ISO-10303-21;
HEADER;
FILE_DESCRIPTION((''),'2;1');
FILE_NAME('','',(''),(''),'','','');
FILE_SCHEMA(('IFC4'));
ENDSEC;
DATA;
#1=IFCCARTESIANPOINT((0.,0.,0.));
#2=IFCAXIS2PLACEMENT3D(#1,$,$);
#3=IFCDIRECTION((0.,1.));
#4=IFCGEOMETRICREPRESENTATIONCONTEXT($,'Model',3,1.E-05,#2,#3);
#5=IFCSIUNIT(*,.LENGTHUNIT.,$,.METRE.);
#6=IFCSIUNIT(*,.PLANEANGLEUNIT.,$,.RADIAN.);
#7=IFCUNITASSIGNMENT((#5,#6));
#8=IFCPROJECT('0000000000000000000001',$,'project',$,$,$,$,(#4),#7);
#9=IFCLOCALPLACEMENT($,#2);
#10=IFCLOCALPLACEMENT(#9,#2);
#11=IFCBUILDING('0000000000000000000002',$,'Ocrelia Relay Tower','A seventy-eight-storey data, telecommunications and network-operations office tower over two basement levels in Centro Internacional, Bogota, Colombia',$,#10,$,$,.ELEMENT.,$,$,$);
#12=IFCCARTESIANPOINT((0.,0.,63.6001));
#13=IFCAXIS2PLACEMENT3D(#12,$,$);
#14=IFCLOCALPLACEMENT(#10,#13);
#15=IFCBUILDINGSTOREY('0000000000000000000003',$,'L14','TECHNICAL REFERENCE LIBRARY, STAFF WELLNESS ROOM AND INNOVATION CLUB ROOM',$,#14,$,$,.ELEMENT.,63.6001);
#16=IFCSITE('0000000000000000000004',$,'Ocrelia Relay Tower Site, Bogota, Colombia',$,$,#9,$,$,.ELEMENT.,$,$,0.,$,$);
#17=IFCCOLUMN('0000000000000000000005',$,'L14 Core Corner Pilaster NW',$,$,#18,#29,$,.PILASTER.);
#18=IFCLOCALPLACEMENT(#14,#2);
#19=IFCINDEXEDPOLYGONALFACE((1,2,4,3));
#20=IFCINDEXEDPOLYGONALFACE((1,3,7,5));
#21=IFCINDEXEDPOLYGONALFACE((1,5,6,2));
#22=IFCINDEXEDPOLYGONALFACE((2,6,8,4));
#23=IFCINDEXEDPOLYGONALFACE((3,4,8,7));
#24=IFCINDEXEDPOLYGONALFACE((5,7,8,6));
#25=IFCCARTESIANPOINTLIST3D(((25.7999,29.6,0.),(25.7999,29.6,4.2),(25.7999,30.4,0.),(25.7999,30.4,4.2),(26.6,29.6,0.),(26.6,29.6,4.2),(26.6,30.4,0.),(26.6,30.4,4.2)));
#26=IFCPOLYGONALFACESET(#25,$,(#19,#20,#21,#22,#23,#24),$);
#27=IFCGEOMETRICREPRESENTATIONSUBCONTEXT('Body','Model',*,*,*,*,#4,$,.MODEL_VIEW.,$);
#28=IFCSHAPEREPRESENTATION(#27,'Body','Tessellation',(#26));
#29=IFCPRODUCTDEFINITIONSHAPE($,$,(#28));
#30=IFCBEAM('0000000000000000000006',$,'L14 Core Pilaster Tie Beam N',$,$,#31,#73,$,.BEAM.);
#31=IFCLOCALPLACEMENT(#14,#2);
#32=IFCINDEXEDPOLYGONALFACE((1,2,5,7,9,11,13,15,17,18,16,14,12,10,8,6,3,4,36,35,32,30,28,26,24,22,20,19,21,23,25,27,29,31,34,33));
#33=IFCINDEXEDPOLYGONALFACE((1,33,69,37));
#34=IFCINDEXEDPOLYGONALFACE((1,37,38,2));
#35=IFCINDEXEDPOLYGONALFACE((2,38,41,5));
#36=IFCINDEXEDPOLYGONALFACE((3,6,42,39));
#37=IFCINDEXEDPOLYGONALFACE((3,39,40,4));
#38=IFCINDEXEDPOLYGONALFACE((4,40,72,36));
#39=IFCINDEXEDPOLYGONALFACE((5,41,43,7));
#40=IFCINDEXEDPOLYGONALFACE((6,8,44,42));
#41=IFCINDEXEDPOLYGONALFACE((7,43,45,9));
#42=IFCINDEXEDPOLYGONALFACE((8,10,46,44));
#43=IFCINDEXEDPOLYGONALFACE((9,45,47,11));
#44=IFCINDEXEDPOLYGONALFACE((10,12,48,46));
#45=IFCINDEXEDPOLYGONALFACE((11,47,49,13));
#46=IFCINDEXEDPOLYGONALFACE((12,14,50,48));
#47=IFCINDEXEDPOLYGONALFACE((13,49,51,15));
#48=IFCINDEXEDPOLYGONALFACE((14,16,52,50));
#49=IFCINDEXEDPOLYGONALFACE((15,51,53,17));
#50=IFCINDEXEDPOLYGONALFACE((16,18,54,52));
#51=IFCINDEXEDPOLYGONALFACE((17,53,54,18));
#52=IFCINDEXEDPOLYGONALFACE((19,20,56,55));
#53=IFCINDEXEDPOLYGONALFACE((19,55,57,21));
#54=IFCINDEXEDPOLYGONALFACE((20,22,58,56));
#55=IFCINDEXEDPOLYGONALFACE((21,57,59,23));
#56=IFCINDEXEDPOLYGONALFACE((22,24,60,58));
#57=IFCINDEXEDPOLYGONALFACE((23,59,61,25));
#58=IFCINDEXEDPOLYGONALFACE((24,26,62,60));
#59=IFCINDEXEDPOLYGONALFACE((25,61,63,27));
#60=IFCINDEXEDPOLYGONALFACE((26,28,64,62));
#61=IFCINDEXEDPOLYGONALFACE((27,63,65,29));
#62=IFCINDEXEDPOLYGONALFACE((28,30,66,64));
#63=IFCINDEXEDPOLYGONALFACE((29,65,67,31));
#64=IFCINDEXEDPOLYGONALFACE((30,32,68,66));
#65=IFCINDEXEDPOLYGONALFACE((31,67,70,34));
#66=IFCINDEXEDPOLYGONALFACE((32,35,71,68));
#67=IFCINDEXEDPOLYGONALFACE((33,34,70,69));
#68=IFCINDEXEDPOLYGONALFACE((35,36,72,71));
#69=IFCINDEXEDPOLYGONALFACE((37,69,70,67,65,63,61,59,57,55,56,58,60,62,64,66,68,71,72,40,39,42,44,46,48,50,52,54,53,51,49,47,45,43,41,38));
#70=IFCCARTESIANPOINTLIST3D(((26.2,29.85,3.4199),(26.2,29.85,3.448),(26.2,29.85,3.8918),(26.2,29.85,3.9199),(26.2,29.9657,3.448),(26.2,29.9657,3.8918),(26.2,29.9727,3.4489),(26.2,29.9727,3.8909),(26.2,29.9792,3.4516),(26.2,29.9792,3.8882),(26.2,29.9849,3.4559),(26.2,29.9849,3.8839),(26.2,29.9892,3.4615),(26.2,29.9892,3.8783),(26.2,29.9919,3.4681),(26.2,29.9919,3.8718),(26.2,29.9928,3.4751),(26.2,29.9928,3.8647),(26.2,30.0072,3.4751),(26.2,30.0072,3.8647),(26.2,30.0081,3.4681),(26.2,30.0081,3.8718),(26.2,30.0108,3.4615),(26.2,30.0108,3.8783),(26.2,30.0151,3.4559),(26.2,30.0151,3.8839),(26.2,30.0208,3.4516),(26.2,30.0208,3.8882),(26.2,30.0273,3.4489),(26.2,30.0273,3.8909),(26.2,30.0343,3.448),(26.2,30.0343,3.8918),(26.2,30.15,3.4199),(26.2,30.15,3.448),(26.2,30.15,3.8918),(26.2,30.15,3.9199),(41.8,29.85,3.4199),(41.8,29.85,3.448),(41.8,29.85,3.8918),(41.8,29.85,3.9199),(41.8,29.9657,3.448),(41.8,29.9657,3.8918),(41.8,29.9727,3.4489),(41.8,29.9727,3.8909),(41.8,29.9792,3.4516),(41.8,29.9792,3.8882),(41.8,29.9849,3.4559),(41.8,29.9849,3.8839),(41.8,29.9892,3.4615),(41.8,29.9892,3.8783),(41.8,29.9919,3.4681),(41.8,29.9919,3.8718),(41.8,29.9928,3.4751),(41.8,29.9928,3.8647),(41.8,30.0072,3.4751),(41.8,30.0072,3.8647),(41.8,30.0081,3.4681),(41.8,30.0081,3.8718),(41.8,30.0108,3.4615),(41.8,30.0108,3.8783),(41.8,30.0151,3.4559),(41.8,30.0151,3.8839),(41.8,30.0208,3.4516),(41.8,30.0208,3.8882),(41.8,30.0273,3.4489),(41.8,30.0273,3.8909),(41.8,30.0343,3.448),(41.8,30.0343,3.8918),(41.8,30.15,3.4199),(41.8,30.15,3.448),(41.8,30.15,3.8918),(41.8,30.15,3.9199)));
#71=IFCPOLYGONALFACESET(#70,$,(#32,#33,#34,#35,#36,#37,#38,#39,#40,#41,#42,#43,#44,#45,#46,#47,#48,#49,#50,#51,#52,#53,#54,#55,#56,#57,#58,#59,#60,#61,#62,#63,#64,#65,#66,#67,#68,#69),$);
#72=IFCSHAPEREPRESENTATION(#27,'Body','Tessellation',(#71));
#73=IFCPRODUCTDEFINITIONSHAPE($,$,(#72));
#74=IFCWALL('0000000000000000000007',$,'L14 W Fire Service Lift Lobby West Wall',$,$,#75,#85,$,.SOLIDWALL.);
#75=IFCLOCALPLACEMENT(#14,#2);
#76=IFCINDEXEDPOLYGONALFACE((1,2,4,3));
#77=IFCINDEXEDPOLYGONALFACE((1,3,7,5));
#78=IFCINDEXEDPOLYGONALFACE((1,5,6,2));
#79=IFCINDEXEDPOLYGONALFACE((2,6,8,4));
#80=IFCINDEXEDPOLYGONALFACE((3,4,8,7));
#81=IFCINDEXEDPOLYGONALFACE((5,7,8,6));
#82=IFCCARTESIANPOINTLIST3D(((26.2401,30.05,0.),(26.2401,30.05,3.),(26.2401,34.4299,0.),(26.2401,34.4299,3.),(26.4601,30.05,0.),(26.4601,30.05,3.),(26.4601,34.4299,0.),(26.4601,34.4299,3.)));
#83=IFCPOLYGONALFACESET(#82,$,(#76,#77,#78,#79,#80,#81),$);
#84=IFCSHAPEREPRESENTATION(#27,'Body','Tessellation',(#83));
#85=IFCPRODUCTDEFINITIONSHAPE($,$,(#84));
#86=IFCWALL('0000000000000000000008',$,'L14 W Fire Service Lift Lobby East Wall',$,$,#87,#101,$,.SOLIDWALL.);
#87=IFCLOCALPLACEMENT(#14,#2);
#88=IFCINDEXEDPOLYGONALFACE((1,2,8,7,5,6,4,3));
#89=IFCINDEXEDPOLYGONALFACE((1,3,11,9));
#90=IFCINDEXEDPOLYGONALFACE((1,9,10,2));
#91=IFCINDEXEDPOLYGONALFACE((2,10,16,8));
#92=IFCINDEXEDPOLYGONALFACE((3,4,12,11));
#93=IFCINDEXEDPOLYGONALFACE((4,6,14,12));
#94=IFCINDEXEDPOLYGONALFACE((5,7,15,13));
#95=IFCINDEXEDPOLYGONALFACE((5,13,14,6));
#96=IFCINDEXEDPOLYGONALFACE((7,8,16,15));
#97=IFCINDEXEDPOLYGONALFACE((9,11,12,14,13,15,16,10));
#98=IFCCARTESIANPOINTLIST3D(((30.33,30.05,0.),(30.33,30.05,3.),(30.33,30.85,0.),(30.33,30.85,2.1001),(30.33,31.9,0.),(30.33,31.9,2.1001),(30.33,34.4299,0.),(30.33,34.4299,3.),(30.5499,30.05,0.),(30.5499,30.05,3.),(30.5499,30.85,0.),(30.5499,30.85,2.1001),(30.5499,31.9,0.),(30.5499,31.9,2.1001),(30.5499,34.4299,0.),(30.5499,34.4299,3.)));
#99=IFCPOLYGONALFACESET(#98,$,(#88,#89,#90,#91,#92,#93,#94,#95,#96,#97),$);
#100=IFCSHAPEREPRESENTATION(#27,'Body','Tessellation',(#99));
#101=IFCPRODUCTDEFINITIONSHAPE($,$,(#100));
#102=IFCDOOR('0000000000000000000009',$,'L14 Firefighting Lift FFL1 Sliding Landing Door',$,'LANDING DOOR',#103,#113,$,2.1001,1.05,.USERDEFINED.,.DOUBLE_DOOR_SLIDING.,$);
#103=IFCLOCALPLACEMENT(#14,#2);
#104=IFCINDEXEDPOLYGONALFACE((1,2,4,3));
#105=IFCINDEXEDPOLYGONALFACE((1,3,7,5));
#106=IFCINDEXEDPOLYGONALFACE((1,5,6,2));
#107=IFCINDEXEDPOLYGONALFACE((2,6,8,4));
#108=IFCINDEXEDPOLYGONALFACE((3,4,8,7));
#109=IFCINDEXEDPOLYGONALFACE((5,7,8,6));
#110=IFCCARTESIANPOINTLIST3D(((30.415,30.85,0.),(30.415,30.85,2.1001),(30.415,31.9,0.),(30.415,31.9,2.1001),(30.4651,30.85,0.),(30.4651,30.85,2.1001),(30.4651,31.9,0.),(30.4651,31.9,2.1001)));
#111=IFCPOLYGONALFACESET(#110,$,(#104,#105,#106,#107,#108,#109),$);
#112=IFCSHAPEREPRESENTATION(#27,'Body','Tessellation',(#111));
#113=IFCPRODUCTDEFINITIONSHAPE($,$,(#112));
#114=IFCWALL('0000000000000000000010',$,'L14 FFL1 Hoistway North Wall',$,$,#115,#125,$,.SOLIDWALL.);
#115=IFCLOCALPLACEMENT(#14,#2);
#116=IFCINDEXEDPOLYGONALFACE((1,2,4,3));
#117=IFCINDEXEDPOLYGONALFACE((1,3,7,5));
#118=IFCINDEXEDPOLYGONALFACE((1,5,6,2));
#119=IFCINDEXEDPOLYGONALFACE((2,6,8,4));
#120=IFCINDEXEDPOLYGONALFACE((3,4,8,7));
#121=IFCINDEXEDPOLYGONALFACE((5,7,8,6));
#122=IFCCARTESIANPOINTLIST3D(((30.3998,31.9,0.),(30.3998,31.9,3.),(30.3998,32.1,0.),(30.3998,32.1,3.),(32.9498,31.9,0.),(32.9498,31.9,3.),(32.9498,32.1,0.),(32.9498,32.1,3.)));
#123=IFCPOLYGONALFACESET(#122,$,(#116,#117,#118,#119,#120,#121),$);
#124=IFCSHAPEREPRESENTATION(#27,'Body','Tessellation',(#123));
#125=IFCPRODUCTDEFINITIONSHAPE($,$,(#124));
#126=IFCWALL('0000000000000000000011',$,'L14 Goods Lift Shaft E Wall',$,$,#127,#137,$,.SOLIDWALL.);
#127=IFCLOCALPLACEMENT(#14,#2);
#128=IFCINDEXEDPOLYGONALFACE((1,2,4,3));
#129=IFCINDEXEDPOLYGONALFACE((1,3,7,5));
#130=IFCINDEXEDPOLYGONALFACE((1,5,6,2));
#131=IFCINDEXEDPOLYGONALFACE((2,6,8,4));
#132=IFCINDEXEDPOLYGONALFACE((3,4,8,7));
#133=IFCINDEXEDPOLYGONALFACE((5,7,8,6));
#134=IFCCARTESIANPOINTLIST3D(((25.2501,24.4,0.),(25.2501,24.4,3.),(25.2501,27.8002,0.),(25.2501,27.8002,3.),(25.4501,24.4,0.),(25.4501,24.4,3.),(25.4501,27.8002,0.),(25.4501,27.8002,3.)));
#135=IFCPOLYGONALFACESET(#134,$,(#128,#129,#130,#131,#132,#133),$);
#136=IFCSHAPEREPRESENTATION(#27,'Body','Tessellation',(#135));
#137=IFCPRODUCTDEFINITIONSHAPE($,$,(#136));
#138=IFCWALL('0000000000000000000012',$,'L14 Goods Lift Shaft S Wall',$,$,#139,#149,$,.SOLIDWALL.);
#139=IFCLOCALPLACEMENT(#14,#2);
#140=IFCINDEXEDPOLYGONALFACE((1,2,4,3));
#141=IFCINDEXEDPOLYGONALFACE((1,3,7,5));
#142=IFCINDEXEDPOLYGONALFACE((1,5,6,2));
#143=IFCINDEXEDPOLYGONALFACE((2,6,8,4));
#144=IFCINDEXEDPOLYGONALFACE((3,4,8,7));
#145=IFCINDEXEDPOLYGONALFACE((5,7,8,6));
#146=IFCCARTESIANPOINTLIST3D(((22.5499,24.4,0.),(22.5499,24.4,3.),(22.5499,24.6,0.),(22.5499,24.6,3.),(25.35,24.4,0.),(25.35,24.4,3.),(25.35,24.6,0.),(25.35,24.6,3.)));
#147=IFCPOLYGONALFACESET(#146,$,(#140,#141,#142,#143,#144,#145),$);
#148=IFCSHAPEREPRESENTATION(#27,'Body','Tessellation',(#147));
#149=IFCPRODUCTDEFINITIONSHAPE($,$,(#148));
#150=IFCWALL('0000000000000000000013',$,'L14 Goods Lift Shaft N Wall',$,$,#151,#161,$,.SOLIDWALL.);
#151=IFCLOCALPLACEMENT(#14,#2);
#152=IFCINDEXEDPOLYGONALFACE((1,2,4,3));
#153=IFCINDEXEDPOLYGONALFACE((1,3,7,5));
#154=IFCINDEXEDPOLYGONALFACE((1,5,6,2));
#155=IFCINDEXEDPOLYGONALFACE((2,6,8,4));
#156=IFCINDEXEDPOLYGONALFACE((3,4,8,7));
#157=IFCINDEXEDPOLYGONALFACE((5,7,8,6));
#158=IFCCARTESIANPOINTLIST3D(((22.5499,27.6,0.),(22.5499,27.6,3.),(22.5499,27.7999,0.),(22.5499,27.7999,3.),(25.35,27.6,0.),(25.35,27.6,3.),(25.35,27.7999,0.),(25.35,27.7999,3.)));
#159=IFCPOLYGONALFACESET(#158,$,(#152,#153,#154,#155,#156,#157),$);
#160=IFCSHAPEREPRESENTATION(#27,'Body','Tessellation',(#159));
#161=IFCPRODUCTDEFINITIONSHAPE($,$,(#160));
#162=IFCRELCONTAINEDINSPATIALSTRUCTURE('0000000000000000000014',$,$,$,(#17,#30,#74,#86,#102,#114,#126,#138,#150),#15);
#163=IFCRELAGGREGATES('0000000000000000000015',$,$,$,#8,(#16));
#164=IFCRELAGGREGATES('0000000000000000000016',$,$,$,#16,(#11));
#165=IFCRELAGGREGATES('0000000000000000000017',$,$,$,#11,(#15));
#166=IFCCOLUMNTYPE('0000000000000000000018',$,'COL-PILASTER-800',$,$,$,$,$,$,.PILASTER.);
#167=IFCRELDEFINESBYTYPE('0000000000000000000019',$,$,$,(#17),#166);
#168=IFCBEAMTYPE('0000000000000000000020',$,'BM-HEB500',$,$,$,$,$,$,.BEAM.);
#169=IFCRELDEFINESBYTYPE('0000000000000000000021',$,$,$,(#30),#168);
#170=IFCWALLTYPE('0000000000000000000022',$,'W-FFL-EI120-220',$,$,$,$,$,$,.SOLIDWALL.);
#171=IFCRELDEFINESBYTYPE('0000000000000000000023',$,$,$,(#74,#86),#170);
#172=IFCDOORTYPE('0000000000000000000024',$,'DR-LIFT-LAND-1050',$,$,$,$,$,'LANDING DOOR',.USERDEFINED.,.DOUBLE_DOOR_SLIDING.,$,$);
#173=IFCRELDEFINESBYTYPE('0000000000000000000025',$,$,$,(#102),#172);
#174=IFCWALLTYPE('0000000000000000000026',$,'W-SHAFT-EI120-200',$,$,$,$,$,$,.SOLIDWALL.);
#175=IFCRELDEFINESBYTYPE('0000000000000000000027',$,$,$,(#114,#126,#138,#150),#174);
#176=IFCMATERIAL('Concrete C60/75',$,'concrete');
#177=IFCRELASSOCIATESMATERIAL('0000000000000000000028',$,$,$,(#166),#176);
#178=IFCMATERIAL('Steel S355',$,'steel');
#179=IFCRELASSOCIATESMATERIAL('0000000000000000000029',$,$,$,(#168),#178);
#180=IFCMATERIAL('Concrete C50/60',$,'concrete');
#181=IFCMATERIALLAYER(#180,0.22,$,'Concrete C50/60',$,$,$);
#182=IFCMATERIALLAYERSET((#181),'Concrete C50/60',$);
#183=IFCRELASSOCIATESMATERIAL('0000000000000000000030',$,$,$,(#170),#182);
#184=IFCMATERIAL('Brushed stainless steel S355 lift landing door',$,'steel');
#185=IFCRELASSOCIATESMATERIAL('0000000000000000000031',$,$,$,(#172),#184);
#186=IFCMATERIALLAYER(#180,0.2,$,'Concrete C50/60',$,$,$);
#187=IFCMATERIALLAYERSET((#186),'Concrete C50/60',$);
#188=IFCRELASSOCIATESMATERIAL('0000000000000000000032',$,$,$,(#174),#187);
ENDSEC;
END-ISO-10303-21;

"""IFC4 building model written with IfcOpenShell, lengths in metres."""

from ifc_helpers import new_model, si_unit, direction, frame, frame_2d, origin, origin_2d, place, context, subcontext, project, spatial, rectangle, i_section, extrude, material, layer, layer_set, material_profile, profile_set, type_object, element, fill, save


model = new_model("IFC4")

# Units and contexts
model_context = context("Model", 3, precision=1e-05, world=origin(), true_north=direction((0.0, 1.0)))
body_context = subcontext(model_context, "Body", "Model", "MODEL_VIEW")
ifc_project = project(units=[si_unit("LENGTHUNIT", "METRE"), si_unit("PLANEANGLEUNIT", "RADIAN")], contexts=[model_context])

# Site, building, storey
site_placement = place(None, origin())
site = spatial("IfcSite", under=ifc_project, at=site_placement, Name="Ocrelia Relay Tower Site, Bogota, Colombia", CompositionType="ELEMENT", RefElevation=0.0)
building_placement = place(site_placement, origin())
building = spatial("IfcBuilding", under=site, at=building_placement, Name="Ocrelia Relay Tower", Description="A seventy-eight-storey data, telecommunications and network-operations office tower over two basement levels in Centro Internacional, Bogota, Colombia", CompositionType="ELEMENT")
storey_placement = place(building_placement, frame((0.0, 0.0, 63.6001)))
storey = spatial("IfcBuildingStorey", under=building, at=storey_placement, Name="L14", Description="TECHNICAL REFERENCE LIBRARY, STAFF WELLNESS ROOM AND INNOVATION CLUB ROOM", CompositionType="ELEMENT", Elevation=63.6001)

# Column
ifc_material_1 = material(Name="Concrete C60/75", Category="concrete")
ifc_material_profile_1 = material_profile(ifc_material_1, rectangle(XDim=0.8, YDim=0.8, at=origin_2d()), Name="RC-COL-800x800")
ifc_profile_set_1 = profile_set([ifc_material_profile_1], Name="Concrete C60/75")
column_type = type_object("IfcColumnType", Name="COL-PILASTER-800", PredefinedType="PILASTER", material=ifc_profile_set_1)
column_placement = place(storey_placement, frame((26.2, 30.0, 0.0), z_axis=(0.0, 0.0, 1.0), x_axis=(1.0, 0.0, 0.0)))
element("IfcColumn", 1, at=column_placement, inside=storey, type_object=column_type, Name="L14 Core Corner Pilaster NW", PredefinedType="PILASTER", context=body_context, shape_type="SweptSolid", body=[
    extrude(rectangle(XDim=0.8, YDim=0.8, at=origin_2d()), origin(), (0.0, 0.0, 1.0), 4.2),
])

# Beam
ifc_material_2 = material(Name="Steel S355", Category="steel")
ifc_material_profile_2 = material_profile(ifc_material_2, i_section(OverallWidth=0.3, OverallDepth=0.5, WebThickness=0.0144, FlangeThickness=0.0281, FilletRadius=0.0271, at=origin_2d()), Name="HEB 500")
ifc_profile_set_2 = profile_set([ifc_material_profile_2], Name="Steel S355")
beam_type = type_object("IfcBeamType", Name="BM-HEB500", PredefinedType="BEAM", material=ifc_profile_set_2)
beam_placement = place(storey_placement, frame((26.2, 30.0, 3.6699), z_axis=(1.0, 0.0, 0.0), x_axis=(0.0, 1.0, 0.0)))
element("IfcBeam", 2, at=beam_placement, inside=storey, type_object=beam_type, Name="L14 Core Pilaster Tie Beam N", PredefinedType="BEAM", context=body_context, shape_type="SweptSolid", body=[
    extrude(i_section(OverallWidth=0.3, OverallDepth=0.5, WebThickness=0.0144, FlangeThickness=0.0281, FilletRadius=0.0271, at=origin_2d()), origin(), (0.0, 0.0, 1.0), 15.6001),
])

# Wall
ifc_material_3 = material(Name="Concrete C50/60", Category="concrete")
ifc_layer_1 = layer(ifc_material_3, 0.22, Name="Concrete C50/60")
ifc_layer_set_1 = layer_set([ifc_layer_1], Name="Concrete C50/60")
wall_type_1 = type_object("IfcWallType", Name="W-FFL-EI120-220", PredefinedType="SOLIDWALL", material=ifc_layer_set_1)
wall_1_placement = place(storey_placement, frame((26.3501, 30.05, 0.0), z_axis=(0.0, 0.0, 1.0), x_axis=(0.0, 1.0, 0.0)))
element("IfcWall", 3, at=wall_1_placement, inside=storey, type_object=wall_type_1, Name="L14 W Fire Service Lift Lobby West Wall", PredefinedType="SOLIDWALL", context=body_context, shape_type="SweptSolid", body=[
    extrude(rectangle(XDim=4.3799, YDim=0.22, at=frame_2d((2.1899, 0.0))), origin(), (0.0, 0.0, 1.0), 3.0),
])

# Wall, opening, door
wall_2_placement = place(storey_placement, frame((30.4399, 30.05, 0.0), z_axis=(0.0, 0.0, 1.0), x_axis=(0.0, 1.0, 0.0)))
wall_2 = element("IfcWall", 4, at=wall_2_placement, inside=storey, type_object=wall_type_1, Name="L14 W Fire Service Lift Lobby East Wall", PredefinedType="SOLIDWALL", context=body_context, shape_type="SweptSolid", body=[
    extrude(rectangle(XDim=4.3799, YDim=0.22, at=frame_2d((2.1899, 0.0))), origin(), (0.0, 0.0, 1.0), 3.0),
])
opening_1_placement = place(wall_2_placement, frame((0.8, 0.0, 0.0)))
opening_1 = element("IfcOpeningElement", 5, at=opening_1_placement, cuts=wall_2, PredefinedType="OPENING", context=body_context, shape_type="SweptSolid", body=[
    extrude(rectangle(XDim=1.05, YDim=2.1001, at=frame_2d((0.5249, 1.05))), frame((0.0, 0.1201, 0.0), z_axis=(0.0, -1.0, 0.0), x_axis=(1.0, 0.0, 0.0)), (0.0, 0.0, 1.0), 0.24),
])
ifc_material_4 = material(Name="Brushed stainless steel S355 lift landing door", Category="steel")
door_type_1 = type_object("IfcDoorType", Name="DR-LIFT-LAND-1050", ElementType="LANDING DOOR", OperationType="DOUBLE_DOOR_SLIDING", PredefinedType="USERDEFINED", material=ifc_material_4)
door_1_placement = place(opening_1_placement, origin())
door_1 = element("IfcDoor", 6, at=door_1_placement, inside=storey, type_object=door_type_1, Name="L14 Firefighting Lift FFL1 Sliding Landing Door", ObjectType="LANDING DOOR", OperationType="DOUBLE_DOOR_SLIDING", OverallHeight=2.1001, OverallWidth=1.05, PredefinedType="USERDEFINED", context=body_context, shape_type="SweptSolid", body=[
    extrude(rectangle(XDim=1.05, YDim=2.1001, at=frame_2d((0.5249, 1.05))), frame((0.0, 0.0249, 0.0), z_axis=(0.0, -1.0, 0.0), x_axis=(1.0, 0.0, 0.0)), (0.0, 0.0, 1.0), 0.05),
])
fill(opening_1, door_1)

# Wall
ifc_layer_2 = layer(ifc_material_3, 0.2, Name="Concrete C50/60")
ifc_layer_set_2 = layer_set([ifc_layer_2], Name="Concrete C50/60")
wall_type_2 = type_object("IfcWallType", Name="W-SHAFT-EI120-200", PredefinedType="SOLIDWALL", material=ifc_layer_set_2)
wall_3_placement = place(storey_placement, frame((30.3999, 32.0, 0.0), z_axis=(0.0, 0.0, 1.0), x_axis=(1.0, 0.0, 0.0)))
element("IfcWall", 7, at=wall_3_placement, inside=storey, type_object=wall_type_2, Name="L14 FFL1 Hoistway North Wall", PredefinedType="SOLIDWALL", context=body_context, shape_type="SweptSolid", body=[
    extrude(rectangle(XDim=2.55, YDim=0.2, at=frame_2d((1.2749, 0.0))), origin(), (0.0, 0.0, 1.0), 3.0),
])

# Walls
wall_4_placement = place(storey_placement, frame((25.3501, 24.3999, 0.0), z_axis=(0.0, 0.0, 1.0), x_axis=(0.0, 1.0, 0.0)))
element("IfcWall", 8, at=wall_4_placement, inside=storey, type_object=wall_type_2, Name="L14 Goods Lift Shaft E Wall", PredefinedType="SOLIDWALL", context=body_context, shape_type="SweptSolid", body=[
    extrude(rectangle(XDim=3.4001, YDim=0.2, at=frame_2d((1.7002, 0.0))), origin(), (0.0, 0.0, 1.0), 3.0),
])
for number, where, z_axis, x_axis, name in (
    (9, (22.55, 24.5, 0.0), (0.0, 0.0, 1.0), (1.0, 0.0, 0.0), "L14 Goods Lift Shaft S Wall"),
    (10, (22.55, 27.7, 0.0), (0.0, 0.0, 1.0), (1.0, 0.0, 0.0), "L14 Goods Lift Shaft N Wall"),
):
    element("IfcWall", number, at=place(storey_placement, frame(where, z_axis=z_axis, x_axis=x_axis)), inside=storey, type_object=wall_type_2, Name=name, PredefinedType="SOLIDWALL", context=body_context, shape_type="SweptSolid", body=[
        extrude(rectangle(XDim=2.8, YDim=0.2, at=frame_2d((1.3999, 0.0))), origin(), (0.0, 0.0, 1.0), 3.0),
    ])

save(model, "model.ifc")
